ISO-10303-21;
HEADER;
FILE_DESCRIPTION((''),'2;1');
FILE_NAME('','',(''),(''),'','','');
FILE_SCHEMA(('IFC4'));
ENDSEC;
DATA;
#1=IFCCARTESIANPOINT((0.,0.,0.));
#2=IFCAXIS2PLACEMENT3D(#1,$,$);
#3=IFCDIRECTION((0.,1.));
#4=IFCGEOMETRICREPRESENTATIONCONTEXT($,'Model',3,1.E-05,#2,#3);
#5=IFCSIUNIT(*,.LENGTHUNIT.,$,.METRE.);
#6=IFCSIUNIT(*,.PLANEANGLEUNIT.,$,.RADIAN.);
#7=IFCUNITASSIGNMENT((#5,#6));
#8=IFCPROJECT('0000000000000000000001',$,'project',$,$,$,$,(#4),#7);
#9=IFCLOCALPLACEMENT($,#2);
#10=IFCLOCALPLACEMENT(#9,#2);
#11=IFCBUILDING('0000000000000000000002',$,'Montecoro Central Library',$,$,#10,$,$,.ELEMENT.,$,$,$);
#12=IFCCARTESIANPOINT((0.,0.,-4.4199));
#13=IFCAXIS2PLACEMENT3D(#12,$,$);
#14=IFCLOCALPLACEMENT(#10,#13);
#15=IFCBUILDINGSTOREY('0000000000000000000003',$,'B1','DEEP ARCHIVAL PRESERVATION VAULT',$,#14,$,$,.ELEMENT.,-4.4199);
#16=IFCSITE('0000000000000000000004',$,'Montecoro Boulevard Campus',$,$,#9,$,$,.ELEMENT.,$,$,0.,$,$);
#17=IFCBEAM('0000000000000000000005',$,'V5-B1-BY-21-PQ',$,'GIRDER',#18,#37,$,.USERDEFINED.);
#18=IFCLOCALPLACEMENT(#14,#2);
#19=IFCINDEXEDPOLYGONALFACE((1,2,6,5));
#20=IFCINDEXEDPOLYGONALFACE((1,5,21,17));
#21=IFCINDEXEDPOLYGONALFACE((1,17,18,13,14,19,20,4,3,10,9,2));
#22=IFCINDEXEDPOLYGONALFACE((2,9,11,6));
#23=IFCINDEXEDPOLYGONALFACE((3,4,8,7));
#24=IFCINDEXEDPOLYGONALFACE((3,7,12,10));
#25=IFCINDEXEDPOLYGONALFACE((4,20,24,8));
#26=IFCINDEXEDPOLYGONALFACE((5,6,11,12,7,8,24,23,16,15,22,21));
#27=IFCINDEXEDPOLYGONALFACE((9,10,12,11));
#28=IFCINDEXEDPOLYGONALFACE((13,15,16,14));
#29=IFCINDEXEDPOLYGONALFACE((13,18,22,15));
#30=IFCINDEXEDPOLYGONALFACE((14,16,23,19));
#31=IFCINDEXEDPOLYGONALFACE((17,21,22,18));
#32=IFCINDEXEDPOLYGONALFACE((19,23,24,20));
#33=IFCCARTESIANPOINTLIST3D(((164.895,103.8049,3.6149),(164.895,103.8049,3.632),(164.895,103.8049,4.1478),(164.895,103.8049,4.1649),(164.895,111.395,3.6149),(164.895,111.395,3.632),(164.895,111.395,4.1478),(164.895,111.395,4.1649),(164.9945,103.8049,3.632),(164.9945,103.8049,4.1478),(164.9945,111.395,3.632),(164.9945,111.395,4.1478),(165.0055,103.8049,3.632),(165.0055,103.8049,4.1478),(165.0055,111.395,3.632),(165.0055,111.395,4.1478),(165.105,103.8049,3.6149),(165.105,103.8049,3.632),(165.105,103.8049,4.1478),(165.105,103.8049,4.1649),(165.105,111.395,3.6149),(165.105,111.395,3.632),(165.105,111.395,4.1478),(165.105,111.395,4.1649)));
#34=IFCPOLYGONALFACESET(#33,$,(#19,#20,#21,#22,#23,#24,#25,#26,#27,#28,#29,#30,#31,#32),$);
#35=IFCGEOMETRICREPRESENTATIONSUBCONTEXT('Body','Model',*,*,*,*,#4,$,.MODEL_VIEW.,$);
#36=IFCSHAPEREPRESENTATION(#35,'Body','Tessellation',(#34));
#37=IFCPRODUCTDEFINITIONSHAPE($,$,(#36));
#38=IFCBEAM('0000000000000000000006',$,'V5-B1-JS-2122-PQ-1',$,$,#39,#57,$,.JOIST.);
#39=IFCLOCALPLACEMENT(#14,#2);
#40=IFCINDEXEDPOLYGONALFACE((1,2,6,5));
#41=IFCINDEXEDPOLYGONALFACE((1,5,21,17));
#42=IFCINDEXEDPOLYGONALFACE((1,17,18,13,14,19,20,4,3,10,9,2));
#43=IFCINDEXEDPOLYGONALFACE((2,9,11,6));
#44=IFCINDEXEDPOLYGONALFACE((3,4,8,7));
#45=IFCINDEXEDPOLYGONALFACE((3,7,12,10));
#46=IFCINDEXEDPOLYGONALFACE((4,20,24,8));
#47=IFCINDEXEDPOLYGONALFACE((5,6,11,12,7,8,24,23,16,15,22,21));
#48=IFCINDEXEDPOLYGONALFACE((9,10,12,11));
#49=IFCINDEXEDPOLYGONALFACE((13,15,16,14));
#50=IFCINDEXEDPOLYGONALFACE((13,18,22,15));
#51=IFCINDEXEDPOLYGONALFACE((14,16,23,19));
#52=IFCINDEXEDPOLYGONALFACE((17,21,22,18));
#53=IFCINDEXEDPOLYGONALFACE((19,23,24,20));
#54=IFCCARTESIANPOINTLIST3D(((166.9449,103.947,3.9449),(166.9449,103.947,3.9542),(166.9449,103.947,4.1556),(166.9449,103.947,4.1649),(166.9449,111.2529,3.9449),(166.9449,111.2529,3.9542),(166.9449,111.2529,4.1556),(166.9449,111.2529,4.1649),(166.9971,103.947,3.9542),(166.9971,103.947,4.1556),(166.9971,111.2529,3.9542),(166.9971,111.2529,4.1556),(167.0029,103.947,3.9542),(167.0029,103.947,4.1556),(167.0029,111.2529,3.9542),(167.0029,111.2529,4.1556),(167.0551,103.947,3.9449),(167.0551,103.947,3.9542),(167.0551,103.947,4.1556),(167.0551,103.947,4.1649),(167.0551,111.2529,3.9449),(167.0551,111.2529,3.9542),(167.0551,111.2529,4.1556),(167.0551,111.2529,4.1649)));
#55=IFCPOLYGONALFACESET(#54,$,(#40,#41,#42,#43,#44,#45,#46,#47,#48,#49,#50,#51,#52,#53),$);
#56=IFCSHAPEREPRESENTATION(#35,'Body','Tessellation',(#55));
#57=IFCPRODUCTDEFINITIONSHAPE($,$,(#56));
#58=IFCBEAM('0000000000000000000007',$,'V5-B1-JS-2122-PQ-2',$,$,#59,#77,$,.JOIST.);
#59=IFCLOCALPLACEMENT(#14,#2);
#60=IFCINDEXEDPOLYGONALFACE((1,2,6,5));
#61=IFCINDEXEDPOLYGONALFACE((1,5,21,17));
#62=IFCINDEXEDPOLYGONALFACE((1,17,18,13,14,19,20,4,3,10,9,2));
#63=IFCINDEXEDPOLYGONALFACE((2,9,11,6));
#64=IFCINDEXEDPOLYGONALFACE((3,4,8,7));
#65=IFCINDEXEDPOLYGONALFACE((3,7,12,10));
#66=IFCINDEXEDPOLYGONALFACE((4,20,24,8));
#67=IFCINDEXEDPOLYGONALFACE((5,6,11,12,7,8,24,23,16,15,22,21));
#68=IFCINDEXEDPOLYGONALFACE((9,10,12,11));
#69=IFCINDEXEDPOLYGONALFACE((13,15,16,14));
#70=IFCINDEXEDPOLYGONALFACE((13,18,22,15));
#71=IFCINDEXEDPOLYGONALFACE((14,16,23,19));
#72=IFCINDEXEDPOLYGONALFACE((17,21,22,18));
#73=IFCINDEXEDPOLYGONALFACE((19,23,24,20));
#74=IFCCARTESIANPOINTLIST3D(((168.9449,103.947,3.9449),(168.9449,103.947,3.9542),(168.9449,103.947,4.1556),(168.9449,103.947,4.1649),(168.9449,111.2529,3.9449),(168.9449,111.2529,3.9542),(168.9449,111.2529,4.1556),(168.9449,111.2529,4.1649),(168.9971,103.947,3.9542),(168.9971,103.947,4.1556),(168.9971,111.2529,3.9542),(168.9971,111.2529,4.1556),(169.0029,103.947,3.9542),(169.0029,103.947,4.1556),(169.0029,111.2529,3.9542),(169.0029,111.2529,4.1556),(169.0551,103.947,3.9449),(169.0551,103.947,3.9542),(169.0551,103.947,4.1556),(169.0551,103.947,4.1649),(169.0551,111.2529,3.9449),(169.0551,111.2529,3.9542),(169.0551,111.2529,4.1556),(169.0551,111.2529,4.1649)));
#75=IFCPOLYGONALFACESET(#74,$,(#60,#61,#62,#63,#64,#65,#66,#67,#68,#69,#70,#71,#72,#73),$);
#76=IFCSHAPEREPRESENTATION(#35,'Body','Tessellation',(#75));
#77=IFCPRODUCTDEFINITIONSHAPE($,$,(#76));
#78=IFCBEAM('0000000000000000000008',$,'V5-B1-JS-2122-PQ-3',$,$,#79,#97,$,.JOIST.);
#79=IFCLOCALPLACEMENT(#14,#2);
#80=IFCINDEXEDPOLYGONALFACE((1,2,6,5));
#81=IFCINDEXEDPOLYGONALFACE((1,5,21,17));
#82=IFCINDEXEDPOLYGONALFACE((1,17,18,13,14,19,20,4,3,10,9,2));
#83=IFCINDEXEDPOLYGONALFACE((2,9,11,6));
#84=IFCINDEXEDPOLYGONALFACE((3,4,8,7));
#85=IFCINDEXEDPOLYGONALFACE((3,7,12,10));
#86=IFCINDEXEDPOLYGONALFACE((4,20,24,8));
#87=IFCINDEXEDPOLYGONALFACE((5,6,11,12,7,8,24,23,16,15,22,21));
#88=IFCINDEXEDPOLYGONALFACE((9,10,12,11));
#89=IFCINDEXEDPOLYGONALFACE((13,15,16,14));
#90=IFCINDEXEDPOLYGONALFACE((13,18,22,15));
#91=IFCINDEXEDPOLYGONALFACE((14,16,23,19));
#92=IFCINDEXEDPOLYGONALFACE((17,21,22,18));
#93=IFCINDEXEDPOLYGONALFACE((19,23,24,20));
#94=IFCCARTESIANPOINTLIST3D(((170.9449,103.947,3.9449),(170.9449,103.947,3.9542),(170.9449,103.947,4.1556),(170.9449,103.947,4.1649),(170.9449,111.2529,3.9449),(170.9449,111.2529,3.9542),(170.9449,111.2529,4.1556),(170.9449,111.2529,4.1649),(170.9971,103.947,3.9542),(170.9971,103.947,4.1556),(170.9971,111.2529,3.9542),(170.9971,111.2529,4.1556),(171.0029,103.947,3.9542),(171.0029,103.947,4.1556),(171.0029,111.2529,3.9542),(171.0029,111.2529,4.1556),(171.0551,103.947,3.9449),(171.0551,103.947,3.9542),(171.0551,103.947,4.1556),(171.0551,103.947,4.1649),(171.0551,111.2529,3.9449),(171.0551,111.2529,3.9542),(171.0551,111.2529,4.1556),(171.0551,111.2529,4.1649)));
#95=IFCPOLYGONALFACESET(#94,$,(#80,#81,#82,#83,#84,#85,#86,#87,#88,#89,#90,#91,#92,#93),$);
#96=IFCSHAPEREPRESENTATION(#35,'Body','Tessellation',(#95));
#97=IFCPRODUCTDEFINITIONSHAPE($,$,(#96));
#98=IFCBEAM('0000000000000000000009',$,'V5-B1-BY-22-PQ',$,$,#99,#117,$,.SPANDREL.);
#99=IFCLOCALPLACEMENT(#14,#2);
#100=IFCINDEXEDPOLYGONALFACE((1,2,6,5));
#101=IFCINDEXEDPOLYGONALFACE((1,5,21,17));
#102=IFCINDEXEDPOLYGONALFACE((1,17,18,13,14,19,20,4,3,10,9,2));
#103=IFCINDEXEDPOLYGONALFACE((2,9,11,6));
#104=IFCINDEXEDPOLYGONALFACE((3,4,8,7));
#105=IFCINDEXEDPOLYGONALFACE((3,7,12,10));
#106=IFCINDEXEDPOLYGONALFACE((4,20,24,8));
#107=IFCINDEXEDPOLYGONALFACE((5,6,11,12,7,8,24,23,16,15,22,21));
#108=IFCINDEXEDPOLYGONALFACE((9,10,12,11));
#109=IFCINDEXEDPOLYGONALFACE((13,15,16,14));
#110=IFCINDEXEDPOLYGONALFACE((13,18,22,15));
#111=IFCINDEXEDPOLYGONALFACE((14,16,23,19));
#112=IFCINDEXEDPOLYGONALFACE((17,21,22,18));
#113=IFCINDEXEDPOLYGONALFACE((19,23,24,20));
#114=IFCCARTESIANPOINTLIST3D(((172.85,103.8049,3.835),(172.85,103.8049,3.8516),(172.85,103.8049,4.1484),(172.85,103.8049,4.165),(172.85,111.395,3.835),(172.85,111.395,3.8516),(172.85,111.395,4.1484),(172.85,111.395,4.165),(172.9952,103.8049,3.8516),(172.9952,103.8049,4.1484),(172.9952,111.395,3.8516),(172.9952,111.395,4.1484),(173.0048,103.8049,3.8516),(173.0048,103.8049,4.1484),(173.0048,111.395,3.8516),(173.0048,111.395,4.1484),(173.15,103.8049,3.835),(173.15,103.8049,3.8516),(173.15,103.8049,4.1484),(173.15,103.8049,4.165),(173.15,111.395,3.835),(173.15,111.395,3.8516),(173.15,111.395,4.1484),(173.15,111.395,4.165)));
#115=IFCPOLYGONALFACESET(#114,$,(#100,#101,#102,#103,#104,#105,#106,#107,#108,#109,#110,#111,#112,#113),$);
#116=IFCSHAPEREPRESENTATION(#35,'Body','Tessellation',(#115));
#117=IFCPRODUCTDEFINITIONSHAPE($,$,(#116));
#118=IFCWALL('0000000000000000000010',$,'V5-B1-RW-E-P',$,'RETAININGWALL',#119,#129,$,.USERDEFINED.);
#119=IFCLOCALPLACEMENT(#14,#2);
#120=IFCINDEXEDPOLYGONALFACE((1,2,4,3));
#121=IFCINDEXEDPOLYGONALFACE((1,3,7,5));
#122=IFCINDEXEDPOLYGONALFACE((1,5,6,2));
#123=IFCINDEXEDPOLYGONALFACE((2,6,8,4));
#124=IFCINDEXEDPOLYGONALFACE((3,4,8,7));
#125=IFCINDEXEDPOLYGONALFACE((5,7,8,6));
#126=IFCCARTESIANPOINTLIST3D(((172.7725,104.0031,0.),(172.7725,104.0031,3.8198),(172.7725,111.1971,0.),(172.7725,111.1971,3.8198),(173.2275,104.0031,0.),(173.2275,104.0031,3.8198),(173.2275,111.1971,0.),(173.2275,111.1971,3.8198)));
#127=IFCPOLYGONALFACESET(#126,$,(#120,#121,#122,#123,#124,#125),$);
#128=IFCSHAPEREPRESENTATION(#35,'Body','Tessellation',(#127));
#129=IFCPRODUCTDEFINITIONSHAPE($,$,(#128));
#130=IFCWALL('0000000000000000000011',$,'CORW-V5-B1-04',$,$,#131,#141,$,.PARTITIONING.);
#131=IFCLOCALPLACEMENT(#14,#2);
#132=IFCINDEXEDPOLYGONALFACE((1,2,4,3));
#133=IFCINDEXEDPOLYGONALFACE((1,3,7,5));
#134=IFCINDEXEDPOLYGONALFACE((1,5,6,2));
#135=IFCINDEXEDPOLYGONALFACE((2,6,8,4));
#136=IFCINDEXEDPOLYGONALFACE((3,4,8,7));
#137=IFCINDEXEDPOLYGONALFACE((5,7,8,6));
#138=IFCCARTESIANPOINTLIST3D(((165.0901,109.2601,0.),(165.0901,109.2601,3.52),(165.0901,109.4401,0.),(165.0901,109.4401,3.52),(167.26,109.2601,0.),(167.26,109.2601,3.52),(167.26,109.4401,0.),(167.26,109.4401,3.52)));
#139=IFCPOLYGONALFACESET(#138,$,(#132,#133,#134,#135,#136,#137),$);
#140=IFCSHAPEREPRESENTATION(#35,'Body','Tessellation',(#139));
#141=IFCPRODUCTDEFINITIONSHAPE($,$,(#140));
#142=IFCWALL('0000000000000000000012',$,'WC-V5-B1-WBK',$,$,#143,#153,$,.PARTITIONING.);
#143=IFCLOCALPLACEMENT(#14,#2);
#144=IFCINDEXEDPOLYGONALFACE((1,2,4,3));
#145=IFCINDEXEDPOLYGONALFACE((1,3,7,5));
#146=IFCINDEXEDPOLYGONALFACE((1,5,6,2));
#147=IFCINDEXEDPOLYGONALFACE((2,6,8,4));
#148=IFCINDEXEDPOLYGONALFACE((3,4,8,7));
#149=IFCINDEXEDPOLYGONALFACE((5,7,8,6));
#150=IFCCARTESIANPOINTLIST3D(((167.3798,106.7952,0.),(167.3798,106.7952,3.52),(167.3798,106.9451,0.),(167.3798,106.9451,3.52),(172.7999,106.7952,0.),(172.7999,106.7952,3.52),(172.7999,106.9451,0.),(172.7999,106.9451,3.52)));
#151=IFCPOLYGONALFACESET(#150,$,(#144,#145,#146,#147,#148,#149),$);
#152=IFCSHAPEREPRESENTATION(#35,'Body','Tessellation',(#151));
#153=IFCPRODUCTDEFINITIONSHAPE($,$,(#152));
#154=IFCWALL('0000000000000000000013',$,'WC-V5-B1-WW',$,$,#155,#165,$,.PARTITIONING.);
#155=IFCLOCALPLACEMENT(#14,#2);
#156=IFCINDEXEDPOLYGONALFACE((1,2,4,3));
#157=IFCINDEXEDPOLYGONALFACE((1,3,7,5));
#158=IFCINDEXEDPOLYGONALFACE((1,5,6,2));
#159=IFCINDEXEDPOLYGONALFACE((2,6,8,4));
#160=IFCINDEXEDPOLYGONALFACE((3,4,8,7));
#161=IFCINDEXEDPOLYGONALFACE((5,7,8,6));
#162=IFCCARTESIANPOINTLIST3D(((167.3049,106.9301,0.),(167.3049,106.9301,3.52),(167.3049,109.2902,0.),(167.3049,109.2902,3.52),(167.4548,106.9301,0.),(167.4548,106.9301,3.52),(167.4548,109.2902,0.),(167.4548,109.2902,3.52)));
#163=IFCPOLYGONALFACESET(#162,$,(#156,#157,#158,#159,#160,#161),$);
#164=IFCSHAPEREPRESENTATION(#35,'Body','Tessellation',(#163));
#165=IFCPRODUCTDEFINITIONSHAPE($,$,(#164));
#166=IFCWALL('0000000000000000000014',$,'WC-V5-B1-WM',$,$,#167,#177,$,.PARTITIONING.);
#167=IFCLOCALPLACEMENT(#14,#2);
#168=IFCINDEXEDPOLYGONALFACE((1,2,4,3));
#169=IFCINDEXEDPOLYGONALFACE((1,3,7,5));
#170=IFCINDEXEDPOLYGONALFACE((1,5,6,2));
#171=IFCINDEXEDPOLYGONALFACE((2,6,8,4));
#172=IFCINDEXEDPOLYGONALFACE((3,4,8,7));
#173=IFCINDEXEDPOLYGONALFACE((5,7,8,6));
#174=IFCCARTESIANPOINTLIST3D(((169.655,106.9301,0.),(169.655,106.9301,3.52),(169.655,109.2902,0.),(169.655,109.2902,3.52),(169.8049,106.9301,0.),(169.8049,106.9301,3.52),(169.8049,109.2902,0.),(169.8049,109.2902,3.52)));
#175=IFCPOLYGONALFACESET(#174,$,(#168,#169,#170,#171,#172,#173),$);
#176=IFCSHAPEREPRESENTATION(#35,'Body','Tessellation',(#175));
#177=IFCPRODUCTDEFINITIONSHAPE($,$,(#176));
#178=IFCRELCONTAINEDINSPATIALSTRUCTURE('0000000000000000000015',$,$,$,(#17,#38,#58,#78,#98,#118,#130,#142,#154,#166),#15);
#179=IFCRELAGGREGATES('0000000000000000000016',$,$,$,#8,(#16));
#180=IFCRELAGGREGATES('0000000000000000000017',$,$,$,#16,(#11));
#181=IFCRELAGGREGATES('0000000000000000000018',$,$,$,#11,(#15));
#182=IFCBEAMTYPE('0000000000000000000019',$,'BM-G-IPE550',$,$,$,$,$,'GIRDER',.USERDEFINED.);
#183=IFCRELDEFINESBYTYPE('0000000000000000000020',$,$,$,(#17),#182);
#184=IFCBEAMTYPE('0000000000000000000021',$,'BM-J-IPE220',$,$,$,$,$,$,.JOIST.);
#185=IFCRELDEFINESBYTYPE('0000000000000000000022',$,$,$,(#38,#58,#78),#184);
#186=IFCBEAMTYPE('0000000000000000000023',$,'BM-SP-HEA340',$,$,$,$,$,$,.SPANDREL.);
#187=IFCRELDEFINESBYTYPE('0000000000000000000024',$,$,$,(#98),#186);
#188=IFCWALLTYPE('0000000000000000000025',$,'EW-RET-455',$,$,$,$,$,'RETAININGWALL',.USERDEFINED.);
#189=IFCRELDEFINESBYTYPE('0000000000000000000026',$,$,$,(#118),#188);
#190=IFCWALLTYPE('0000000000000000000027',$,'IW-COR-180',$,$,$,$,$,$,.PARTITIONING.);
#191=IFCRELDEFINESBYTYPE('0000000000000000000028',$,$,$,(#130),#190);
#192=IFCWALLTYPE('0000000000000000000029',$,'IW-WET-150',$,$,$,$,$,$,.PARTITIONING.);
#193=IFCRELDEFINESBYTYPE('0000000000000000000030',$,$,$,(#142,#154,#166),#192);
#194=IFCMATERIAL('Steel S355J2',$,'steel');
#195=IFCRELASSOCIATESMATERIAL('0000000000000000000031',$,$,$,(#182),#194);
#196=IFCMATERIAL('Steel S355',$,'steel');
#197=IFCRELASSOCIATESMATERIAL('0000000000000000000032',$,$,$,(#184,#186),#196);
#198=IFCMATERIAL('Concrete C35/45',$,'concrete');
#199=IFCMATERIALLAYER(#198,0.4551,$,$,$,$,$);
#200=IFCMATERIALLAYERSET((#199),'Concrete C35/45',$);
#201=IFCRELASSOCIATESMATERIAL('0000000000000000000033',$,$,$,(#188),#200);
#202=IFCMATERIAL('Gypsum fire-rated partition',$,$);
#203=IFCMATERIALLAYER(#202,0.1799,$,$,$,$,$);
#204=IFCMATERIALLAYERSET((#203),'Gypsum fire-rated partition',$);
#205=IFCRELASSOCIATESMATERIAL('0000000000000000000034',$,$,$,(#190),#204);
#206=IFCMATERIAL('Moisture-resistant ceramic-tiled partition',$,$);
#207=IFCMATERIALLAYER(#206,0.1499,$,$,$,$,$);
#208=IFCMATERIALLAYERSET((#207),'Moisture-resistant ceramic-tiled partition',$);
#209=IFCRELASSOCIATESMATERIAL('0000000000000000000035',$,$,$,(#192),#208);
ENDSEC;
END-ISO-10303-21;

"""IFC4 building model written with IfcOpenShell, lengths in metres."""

from ifc_helpers import new_model, si_unit, direction, frame, frame_2d, origin, origin_2d, place, context, subcontext, project, spatial, rectangle, i_section, extrude, material, layer, layer_set, material_profile, profile_set, type_object, element, save


model = new_model("IFC4")

# Units and contexts
model_context = context("Model", 3, precision=1e-05, world=origin(), true_north=direction((0.0, 1.0)))
body_context = subcontext(model_context, "Body", "Model", "MODEL_VIEW")
ifc_project = project(units=[si_unit("LENGTHUNIT", "METRE"), si_unit("PLANEANGLEUNIT", "RADIAN")], contexts=[model_context])

# Site, building, storey
site_placement = place(None, origin())
site = spatial("IfcSite", under=ifc_project, at=site_placement, Name="Montecoro Boulevard Campus", CompositionType="ELEMENT", RefElevation=0.0)
building_placement = place(site_placement, origin())
building = spatial("IfcBuilding", under=site, at=building_placement, Name="Montecoro Central Library", CompositionType="ELEMENT")
storey_placement = place(building_placement, frame((0.0, 0.0, -4.4199)))
storey = spatial("IfcBuildingStorey", under=building, at=storey_placement, Name="B1", Description="DEEP ARCHIVAL PRESERVATION VAULT", CompositionType="ELEMENT", Elevation=-4.4199)

# Shared definitions
ifc_material_1 = material(Name="Concrete C35/45", Category="concrete")

# Shared definitions
ifc_material_2 = material(Name="Steel S355J2", Category="steel")

# Beams
ifc_material_3 = material(Name="Steel S355", Category="steel")
ifc_material_profile_1 = material_profile(ifc_material_2, i_section(OverallWidth=0.21, OverallDepth=0.55, WebThickness=0.011, FlangeThickness=0.0171, at=origin_2d()), Name="IPE 550")
ifc_profile_set_1 = profile_set([ifc_material_profile_1], Name="Steel S355J2")
beam_type_1 = type_object("IfcBeamType", Name="BM-G-IPE550", ElementType="GIRDER", PredefinedType="USERDEFINED", material=ifc_profile_set_1)
beam_1_placement = place(storey_placement, frame((165.0, 103.8049, 3.8899), z_axis=(0.0, 1.0, 0.0), x_axis=(-1.0, 0.0, 0.0)))
element("IfcBeam", 1, at=beam_1_placement, inside=storey, type_object=beam_type_1, Name="V5-B1-BY-21-PQ", ObjectType="GIRDER", PredefinedType="USERDEFINED", context=body_context, shape_type="SweptSolid", body=[
    extrude(i_section(OverallWidth=0.21, OverallDepth=0.55, WebThickness=0.011, FlangeThickness=0.0171, at=origin_2d()), origin(), (0.0, 0.0, 1.0), 7.5901),
])
ifc_material_profile_2 = material_profile(ifc_material_3, i_section(OverallWidth=0.1101, OverallDepth=0.22, WebThickness=0.0059, FlangeThickness=0.0093, at=origin_2d()), Name="IPE 220")
ifc_profile_set_2 = profile_set([ifc_material_profile_2], Name="Steel S355")
beam_type_2 = type_object("IfcBeamType", Name="BM-J-IPE220", PredefinedType="JOIST", material=ifc_profile_set_2)
for number, where, z_axis, x_axis, name in (
    (2, (167.0, 103.947, 4.0549), (0.0, 1.0, 0.0), (-1.0, 0.0, 0.0), "V5-B1-JS-2122-PQ-1"),
    (3, (169.0, 103.947, 4.0549), (0.0, 1.0, 0.0), (-1.0, 0.0, 0.0), "V5-B1-JS-2122-PQ-2"),
    (4, (171.0, 103.947, 4.0549), (0.0, 1.0, 0.0), (-1.0, 0.0, 0.0), "V5-B1-JS-2122-PQ-3"),
):
    element("IfcBeam", number, at=place(storey_placement, frame(where, z_axis=z_axis, x_axis=x_axis)), inside=storey, type_object=beam_type_2, Name=name, PredefinedType="JOIST", context=body_context, shape_type="SweptSolid", body=[
        extrude(i_section(OverallWidth=0.1101, OverallDepth=0.22, WebThickness=0.0059, FlangeThickness=0.0093, at=origin_2d()), origin(), (0.0, 0.0, 1.0), 7.3059),
    ])
ifc_material_profile_3 = material_profile(ifc_material_3, i_section(OverallWidth=0.3, OverallDepth=0.3301, WebThickness=0.0095, FlangeThickness=0.0166, at=origin_2d()), Name="HEA 340")
ifc_profile_set_3 = profile_set([ifc_material_profile_3], Name="Steel S355")
beam_type_3 = type_object("IfcBeamType", Name="BM-SP-HEA340", PredefinedType="SPANDREL", material=ifc_profile_set_3)
beam_2_placement = place(storey_placement, frame((173.0, 103.8049, 4.0), z_axis=(0.0, 1.0, 0.0), x_axis=(-1.0, 0.0, 0.0)))
element("IfcBeam", 5, at=beam_2_placement, inside=storey, type_object=beam_type_3, Name="V5-B1-BY-22-PQ", PredefinedType="SPANDREL", context=body_context, shape_type="SweptSolid", body=[
    extrude(i_section(OverallWidth=0.3, OverallDepth=0.3301, WebThickness=0.0095, FlangeThickness=0.0166, at=origin_2d()), origin(), (0.0, 0.0, 1.0), 7.5901),
])

# Walls
ifc_layer_1 = layer(ifc_material_1, 0.4551)
ifc_layer_set_1 = layer_set([ifc_layer_1], Name="Concrete C35/45")
wall_type_1 = type_object("IfcWallType", Name="EW-RET-455", ElementType="RETAININGWALL", PredefinedType="USERDEFINED", material=ifc_layer_set_1)
wall_1_placement = place(storey_placement, frame((173.0, 104.0029, 0.0), z_axis=(0.0, 0.0, 1.0), x_axis=(0.0, 1.0, 0.0)))
element("IfcWall", 6, at=wall_1_placement, inside=storey, type_object=wall_type_1, Name="V5-B1-RW-E-P", ObjectType="RETAININGWALL", PredefinedType="USERDEFINED", context=body_context, shape_type="SweptSolid", body=[
    extrude(rectangle(XDim=7.1941, YDim=0.4551, at=frame_2d((3.5972, 0.0))), origin(), (0.0, 0.0, 1.0), 3.8198),
])
ifc_material_4 = material(Name="Gypsum fire-rated partition")
ifc_layer_2 = layer(ifc_material_4, 0.1799)
ifc_layer_set_2 = layer_set([ifc_layer_2], Name="Gypsum fire-rated partition")
wall_type_2 = type_object("IfcWallType", Name="IW-COR-180", PredefinedType="PARTITIONING", material=ifc_layer_set_2)
wall_2_placement = place(storey_placement, frame((165.0901, 109.3501, 0.0), z_axis=(0.0, 0.0, 1.0), x_axis=(1.0, 0.0, 0.0)))
element("IfcWall", 7, at=wall_2_placement, inside=storey, type_object=wall_type_2, Name="CORW-V5-B1-04", PredefinedType="PARTITIONING", context=body_context, shape_type="SweptSolid", body=[
    extrude(rectangle(XDim=2.1699, YDim=0.1799, at=frame_2d((1.085, 0.0))), origin(), (0.0, 0.0, 1.0), 3.52),
])
ifc_material_5 = material(Name="Moisture-resistant ceramic-tiled partition")
ifc_layer_3 = layer(ifc_material_5, 0.1499)
ifc_layer_set_3 = layer_set([ifc_layer_3], Name="Moisture-resistant ceramic-tiled partition")
wall_type_3 = type_object("IfcWallType", Name="IW-WET-150", PredefinedType="PARTITIONING", material=ifc_layer_set_3)
wall_3_placement = place(storey_placement, frame((167.3799, 106.8701, 0.0), z_axis=(0.0, 0.0, 1.0), x_axis=(1.0, 0.0, 0.0)))
element("IfcWall", 8, at=wall_3_placement, inside=storey, type_object=wall_type_3, Name="WC-V5-B1-WBK", PredefinedType="PARTITIONING", context=body_context, shape_type="SweptSolid", body=[
    extrude(rectangle(XDim=5.4202, YDim=0.1499, at=frame_2d((2.71, 0.0))), origin(), (0.0, 0.0, 1.0), 3.52),
])
for number, where, z_axis, x_axis, name in (
    (9, (167.3799, 106.9299, 0.0), (0.0, 0.0, 1.0), (0.0, 1.0, 0.0), "WC-V5-B1-WW"),
    (10, (169.73, 106.9299, 0.0), (0.0, 0.0, 1.0), (0.0, 1.0, 0.0), "WC-V5-B1-WM"),
):
    element("IfcWall", number, at=place(storey_placement, frame(where, z_axis=z_axis, x_axis=x_axis)), inside=storey, type_object=wall_type_3, Name=name, PredefinedType="PARTITIONING", context=body_context, shape_type="SweptSolid", body=[
        extrude(rectangle(XDim=2.3601, YDim=0.1499, at=frame_2d((1.1802, 0.0))), origin(), (0.0, 0.0, 1.0), 3.52),
    ])

save(model, "model.ifc")
